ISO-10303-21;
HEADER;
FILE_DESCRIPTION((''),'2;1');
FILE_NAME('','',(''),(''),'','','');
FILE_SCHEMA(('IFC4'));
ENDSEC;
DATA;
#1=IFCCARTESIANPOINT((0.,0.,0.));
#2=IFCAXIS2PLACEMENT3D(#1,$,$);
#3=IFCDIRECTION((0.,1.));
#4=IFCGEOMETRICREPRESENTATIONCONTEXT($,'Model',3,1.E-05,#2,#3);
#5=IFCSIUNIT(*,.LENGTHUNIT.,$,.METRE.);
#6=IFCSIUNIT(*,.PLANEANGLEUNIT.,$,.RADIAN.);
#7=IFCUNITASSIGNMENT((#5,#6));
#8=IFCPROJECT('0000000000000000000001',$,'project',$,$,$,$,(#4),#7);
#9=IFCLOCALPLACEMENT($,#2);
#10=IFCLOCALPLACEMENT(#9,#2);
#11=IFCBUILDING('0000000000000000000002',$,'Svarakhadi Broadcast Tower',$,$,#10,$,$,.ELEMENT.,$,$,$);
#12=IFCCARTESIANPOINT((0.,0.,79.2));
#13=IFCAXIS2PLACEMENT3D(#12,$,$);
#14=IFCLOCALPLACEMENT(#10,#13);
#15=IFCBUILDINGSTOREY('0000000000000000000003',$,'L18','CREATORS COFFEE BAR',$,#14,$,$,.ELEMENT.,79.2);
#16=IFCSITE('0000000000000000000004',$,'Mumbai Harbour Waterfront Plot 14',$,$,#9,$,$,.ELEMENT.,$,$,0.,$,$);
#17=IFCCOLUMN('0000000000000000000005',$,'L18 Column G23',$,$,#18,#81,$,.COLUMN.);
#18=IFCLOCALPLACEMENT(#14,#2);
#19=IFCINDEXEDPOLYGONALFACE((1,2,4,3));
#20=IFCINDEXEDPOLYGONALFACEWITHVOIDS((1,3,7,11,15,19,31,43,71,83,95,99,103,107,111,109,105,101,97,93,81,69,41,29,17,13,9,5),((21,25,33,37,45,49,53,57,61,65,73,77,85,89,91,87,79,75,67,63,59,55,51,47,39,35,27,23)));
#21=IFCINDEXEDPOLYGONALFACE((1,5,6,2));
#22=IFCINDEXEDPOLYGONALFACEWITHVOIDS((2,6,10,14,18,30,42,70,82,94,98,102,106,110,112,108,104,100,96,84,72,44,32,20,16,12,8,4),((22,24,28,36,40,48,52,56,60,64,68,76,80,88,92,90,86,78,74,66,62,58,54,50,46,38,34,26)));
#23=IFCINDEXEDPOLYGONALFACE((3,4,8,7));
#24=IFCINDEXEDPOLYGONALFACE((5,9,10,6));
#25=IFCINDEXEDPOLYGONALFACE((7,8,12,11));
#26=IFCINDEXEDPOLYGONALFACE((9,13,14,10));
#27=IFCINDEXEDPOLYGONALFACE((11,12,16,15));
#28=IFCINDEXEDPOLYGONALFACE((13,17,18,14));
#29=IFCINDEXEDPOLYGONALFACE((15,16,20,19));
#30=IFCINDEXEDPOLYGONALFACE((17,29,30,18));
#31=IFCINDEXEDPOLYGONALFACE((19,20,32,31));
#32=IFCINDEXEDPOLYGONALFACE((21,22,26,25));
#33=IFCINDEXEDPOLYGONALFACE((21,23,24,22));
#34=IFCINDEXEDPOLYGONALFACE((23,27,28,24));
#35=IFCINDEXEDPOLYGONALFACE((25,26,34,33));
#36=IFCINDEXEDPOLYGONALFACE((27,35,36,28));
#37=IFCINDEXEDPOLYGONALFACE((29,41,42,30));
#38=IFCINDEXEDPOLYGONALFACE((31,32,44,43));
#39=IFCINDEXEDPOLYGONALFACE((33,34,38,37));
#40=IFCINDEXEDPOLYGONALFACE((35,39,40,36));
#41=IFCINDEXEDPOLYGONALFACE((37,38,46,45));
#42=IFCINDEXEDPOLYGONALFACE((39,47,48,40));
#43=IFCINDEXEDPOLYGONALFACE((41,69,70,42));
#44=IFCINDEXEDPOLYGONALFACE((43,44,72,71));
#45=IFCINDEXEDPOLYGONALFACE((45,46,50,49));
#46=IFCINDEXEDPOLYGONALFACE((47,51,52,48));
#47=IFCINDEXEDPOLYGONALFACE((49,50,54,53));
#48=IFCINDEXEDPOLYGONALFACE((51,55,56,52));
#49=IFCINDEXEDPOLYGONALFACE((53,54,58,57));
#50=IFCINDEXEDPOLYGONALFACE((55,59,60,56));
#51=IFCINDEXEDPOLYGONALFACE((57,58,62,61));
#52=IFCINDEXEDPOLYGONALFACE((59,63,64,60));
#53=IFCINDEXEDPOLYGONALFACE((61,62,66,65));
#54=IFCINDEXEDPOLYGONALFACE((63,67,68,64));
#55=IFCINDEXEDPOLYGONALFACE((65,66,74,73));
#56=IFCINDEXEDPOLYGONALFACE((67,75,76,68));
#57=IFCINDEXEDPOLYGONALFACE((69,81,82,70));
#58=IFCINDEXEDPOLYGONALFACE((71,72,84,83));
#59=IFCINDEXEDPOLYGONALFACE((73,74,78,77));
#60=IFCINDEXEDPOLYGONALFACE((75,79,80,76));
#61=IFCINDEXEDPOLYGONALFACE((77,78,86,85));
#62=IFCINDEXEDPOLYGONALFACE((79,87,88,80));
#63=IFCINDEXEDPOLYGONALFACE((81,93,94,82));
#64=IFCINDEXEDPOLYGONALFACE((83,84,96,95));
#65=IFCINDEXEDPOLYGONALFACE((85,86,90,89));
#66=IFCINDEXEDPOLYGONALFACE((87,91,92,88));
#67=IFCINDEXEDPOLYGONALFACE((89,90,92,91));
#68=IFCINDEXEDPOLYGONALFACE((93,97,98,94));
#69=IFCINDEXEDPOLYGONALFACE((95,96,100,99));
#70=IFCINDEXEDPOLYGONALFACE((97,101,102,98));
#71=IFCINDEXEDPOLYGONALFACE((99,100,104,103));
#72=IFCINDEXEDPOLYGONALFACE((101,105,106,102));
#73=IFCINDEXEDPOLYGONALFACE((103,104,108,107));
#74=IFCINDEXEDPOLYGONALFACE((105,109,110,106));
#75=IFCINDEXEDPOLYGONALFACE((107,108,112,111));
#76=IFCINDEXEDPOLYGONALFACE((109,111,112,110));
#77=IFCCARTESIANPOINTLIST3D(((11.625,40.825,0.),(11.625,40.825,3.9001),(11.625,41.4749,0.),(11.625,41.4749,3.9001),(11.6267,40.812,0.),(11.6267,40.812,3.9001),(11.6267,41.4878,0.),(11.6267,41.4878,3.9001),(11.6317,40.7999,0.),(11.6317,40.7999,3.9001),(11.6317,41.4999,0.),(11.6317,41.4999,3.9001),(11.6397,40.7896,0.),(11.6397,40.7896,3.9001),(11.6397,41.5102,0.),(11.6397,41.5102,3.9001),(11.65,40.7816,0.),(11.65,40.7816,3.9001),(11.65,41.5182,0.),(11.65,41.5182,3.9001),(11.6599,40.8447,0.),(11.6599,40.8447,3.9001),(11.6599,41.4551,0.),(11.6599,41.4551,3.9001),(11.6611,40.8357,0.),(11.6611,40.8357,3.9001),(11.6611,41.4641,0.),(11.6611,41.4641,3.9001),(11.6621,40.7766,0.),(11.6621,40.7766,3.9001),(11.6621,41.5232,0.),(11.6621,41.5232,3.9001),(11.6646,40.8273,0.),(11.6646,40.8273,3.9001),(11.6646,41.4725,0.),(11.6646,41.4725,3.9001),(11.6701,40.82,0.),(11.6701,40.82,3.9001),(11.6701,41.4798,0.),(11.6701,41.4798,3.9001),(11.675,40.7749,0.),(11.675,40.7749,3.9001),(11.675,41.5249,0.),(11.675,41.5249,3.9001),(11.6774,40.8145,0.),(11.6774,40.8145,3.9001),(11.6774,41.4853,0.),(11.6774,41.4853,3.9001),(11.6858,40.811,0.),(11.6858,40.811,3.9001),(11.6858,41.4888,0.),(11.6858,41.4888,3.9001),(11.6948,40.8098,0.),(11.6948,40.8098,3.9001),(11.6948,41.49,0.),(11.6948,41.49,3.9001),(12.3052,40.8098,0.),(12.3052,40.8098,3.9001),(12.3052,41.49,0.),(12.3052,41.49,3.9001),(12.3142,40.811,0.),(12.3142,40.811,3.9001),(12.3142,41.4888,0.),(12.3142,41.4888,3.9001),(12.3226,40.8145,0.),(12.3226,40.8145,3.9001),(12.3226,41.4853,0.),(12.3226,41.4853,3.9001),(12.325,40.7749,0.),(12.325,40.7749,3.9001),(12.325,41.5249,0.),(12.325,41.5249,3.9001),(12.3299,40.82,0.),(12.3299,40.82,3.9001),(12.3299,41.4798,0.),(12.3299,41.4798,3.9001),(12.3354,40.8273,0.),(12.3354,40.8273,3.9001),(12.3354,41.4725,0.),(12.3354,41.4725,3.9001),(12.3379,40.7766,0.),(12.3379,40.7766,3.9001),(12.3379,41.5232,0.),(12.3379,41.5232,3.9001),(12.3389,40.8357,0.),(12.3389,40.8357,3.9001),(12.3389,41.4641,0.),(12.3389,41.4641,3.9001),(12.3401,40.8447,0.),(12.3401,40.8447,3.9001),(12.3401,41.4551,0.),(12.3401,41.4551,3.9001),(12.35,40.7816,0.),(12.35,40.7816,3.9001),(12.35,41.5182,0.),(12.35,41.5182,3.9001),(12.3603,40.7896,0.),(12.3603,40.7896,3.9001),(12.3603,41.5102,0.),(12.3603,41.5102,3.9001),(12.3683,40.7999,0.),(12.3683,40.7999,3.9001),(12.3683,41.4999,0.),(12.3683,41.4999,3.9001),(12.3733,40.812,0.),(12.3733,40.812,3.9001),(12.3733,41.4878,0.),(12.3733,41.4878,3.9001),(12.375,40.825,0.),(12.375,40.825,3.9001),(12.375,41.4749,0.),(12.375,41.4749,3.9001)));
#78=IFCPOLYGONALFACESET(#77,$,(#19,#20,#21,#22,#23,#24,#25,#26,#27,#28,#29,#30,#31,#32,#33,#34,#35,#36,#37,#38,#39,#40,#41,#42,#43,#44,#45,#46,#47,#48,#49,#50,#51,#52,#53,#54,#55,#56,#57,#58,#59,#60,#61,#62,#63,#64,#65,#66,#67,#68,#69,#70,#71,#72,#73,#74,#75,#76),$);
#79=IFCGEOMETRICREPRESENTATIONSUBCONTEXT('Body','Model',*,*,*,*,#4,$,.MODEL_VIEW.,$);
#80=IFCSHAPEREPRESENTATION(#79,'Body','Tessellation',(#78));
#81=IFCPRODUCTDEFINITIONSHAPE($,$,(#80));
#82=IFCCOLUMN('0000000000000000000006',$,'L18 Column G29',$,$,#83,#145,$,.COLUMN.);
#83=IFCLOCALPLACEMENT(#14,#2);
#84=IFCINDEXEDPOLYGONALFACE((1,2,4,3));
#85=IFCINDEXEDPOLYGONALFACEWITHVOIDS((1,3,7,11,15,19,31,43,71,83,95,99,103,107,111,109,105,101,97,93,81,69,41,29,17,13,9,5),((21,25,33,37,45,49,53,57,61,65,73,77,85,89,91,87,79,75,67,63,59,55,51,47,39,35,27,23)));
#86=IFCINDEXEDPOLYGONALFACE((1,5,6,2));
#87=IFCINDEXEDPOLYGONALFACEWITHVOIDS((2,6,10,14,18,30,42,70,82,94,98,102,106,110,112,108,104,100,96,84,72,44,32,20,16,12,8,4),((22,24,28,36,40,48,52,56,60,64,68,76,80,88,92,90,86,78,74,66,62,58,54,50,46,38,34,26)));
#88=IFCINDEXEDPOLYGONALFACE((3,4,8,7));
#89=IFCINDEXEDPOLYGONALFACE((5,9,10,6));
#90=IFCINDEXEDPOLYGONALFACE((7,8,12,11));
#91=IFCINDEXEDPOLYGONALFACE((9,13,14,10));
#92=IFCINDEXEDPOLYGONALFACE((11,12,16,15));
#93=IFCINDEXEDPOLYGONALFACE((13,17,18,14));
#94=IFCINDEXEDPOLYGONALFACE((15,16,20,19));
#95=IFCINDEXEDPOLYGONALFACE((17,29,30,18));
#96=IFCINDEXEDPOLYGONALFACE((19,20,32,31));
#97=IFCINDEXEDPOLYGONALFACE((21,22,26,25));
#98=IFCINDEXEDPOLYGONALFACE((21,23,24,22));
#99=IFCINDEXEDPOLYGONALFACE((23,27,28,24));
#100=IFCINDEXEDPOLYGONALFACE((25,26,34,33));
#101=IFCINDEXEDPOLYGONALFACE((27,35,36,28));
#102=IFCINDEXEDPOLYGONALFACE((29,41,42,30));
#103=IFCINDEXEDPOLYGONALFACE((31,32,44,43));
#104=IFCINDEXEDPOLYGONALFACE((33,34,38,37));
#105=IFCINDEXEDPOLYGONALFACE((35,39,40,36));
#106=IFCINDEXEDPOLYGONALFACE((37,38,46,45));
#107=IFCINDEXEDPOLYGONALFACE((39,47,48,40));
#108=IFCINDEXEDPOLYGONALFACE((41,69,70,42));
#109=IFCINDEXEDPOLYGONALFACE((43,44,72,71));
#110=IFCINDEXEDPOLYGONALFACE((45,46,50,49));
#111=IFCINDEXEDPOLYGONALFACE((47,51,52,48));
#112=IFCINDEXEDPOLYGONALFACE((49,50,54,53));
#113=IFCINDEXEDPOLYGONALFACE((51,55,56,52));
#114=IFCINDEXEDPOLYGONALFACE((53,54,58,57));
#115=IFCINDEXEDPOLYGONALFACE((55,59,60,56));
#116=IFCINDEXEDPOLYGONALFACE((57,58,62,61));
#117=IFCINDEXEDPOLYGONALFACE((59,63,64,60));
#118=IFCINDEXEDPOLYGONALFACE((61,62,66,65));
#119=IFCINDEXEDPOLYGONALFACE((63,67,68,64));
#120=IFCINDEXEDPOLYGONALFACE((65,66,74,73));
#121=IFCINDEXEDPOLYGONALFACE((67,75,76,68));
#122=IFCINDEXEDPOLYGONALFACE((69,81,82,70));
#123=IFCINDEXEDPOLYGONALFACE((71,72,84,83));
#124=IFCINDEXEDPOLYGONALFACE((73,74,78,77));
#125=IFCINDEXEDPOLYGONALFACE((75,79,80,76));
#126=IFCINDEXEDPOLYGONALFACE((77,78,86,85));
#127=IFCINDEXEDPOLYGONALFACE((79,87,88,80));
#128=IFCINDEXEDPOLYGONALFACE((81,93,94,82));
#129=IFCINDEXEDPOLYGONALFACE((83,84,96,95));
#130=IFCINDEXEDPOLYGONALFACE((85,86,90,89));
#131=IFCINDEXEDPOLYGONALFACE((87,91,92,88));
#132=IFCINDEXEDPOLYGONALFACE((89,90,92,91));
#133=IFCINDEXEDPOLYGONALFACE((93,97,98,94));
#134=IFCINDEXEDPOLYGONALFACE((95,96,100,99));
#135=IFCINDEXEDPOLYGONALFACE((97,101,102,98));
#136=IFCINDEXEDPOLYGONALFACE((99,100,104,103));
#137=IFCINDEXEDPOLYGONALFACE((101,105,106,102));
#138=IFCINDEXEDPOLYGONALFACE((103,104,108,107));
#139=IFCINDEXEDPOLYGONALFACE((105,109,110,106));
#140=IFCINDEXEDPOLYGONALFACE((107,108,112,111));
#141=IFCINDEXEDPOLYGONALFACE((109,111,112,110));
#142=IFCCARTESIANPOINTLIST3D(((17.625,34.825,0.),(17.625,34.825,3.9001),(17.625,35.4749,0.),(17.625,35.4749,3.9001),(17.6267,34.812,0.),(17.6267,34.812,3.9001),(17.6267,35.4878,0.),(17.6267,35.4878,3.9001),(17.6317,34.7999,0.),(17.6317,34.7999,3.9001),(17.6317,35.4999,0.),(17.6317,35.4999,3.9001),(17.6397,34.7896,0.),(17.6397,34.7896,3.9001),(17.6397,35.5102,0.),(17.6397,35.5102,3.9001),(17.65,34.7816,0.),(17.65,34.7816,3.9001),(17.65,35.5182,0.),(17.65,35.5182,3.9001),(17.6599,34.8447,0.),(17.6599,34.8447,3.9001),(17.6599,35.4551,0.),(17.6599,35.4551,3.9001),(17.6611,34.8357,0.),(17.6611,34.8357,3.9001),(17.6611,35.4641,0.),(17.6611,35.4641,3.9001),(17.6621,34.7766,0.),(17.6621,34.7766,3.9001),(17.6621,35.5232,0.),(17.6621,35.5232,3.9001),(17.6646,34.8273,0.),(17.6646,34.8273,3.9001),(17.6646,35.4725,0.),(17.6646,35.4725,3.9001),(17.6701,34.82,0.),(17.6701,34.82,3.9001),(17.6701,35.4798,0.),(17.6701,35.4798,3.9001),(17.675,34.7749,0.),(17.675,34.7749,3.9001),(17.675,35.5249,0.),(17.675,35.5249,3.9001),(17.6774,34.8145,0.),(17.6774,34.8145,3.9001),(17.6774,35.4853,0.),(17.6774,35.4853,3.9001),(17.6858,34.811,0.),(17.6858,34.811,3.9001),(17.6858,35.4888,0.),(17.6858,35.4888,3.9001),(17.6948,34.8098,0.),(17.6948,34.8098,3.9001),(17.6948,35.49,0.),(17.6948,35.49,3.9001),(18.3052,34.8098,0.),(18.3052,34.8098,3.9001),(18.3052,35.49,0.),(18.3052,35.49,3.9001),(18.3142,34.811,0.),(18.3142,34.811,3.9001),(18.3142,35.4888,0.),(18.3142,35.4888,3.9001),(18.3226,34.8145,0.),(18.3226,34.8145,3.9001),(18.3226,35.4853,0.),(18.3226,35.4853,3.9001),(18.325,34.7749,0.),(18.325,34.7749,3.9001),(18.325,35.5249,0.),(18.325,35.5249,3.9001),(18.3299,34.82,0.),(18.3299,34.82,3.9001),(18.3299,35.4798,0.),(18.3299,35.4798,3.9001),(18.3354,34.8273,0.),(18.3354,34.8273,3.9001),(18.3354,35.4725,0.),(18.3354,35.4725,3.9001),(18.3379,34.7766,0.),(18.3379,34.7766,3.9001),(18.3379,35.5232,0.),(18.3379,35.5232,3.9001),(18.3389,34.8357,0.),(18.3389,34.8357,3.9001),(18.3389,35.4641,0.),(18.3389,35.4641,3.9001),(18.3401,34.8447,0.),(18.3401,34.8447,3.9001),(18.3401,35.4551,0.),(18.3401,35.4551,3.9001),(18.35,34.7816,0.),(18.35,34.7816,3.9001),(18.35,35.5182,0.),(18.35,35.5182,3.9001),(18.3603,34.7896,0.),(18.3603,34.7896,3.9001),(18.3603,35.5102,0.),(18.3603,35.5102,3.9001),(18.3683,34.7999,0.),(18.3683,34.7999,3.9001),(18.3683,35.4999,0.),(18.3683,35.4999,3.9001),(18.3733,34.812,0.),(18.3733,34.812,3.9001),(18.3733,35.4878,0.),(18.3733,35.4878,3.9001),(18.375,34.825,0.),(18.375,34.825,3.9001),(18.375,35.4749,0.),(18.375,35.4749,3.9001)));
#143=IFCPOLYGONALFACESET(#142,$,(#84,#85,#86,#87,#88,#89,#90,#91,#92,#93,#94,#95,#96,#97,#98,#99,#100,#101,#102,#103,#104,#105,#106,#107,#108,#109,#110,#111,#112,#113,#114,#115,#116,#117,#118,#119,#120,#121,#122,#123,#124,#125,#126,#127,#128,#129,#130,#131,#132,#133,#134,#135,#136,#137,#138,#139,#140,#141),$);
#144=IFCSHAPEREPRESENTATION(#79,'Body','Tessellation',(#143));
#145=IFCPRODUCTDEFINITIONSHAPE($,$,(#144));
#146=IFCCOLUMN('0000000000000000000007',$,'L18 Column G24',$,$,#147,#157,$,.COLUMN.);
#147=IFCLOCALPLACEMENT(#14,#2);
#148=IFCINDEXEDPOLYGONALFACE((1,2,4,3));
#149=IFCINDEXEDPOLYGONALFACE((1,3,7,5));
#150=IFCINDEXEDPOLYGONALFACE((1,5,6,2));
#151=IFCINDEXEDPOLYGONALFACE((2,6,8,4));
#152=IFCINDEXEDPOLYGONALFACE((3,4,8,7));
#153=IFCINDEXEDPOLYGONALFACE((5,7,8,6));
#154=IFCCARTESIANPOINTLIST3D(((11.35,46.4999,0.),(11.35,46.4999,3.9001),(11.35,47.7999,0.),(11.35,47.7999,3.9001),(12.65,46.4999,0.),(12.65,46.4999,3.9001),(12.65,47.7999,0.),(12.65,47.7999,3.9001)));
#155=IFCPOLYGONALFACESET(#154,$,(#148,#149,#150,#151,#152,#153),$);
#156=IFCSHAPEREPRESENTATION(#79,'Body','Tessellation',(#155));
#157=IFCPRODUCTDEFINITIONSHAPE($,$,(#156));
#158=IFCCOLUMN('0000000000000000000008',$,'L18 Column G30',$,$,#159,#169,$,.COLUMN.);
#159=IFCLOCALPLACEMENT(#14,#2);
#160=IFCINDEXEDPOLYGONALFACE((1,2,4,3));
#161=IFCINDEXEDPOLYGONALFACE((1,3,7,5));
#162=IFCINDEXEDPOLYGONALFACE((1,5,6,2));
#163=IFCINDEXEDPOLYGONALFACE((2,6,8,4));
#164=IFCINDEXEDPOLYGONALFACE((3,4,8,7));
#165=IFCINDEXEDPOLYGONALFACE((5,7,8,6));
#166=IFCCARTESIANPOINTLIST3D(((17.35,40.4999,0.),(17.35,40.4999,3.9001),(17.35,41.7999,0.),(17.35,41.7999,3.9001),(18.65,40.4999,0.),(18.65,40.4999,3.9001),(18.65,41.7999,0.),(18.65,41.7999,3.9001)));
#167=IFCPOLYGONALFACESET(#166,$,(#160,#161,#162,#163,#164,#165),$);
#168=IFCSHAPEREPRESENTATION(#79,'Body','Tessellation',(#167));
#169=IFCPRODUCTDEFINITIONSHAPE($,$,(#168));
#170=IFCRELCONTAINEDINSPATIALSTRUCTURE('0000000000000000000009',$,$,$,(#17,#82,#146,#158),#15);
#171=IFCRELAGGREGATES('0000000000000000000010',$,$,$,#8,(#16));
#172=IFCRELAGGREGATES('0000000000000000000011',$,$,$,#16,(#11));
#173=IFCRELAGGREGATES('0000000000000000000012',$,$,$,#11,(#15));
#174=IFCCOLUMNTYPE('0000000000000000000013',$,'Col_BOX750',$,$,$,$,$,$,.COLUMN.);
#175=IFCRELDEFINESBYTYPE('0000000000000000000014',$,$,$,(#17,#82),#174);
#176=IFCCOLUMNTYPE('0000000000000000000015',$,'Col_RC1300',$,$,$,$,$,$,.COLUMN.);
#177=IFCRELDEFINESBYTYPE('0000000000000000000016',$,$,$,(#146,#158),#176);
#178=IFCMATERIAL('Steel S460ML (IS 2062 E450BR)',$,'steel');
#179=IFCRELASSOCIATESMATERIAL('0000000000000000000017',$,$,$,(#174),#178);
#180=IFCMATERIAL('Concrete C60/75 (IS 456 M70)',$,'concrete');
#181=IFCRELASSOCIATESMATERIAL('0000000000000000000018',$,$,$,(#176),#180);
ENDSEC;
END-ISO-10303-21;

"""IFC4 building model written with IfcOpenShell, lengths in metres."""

from ifc_helpers import new_model, si_unit, direction, frame, origin, origin_2d, place, context, subcontext, project, spatial, rectangle, hollow_rectangle, extrude, material, material_profile, profile_set, type_object, element, save


model = new_model("IFC4")

# Units and contexts
model_context = context("Model", 3, precision=1e-05, world=origin(), true_north=direction((0.0, 1.0)))
body_context = subcontext(model_context, "Body", "Model", "MODEL_VIEW")
ifc_project = project(units=[si_unit("LENGTHUNIT", "METRE"), si_unit("PLANEANGLEUNIT", "RADIAN")], contexts=[model_context])

# Site, building, storey
site_placement = place(None, origin())
site = spatial("IfcSite", under=ifc_project, at=site_placement, Name="Mumbai Harbour Waterfront Plot 14", CompositionType="ELEMENT", RefElevation=0.0)
building_placement = place(site_placement, origin())
building = spatial("IfcBuilding", under=site, at=building_placement, Name="Svarakhadi Broadcast Tower", CompositionType="ELEMENT")
storey_placement = place(building_placement, frame((0.0, 0.0, 79.2)))
storey = spatial("IfcBuildingStorey", under=building, at=storey_placement, Name="L18", Description="CREATORS COFFEE BAR", CompositionType="ELEMENT", Elevation=79.2)

# Columns
ifc_material_1 = material(Name="Steel S460ML (IS 2062 E450BR)", Category="steel")
ifc_material_profile_1 = material_profile(ifc_material_1, hollow_rectangle(XDim=0.75, YDim=0.75, WallThickness=0.0349, InnerFilletRadius=0.0349, OuterFilletRadius=0.05, at=origin_2d()), Name="BOX 750x750x35")
ifc_profile_set_1 = profile_set([ifc_material_profile_1], Name="Steel S460ML (IS 2062 E450BR)")
column_type_1 = type_object("IfcColumnType", Name="Col_BOX750", PredefinedType="COLUMN", material=ifc_profile_set_1)
for number, where, z_axis, x_axis, name in (
    (1, (12.0, 41.1499, 0.0), (0.0, 0.0, 1.0), (1.0, 0.0, 0.0), "L18 Column G23"),
    (2, (18.0, 35.1499, 0.0), (0.0, 0.0, 1.0), (1.0, 0.0, 0.0), "L18 Column G29"),
):
    element("IfcColumn", number, at=place(storey_placement, frame(where, z_axis=z_axis, x_axis=x_axis)), inside=storey, type_object=column_type_1, Name=name, PredefinedType="COLUMN", context=body_context, shape_type="SweptSolid", body=[
        extrude(hollow_rectangle(XDim=0.75, YDim=0.75, WallThickness=0.0349, InnerFilletRadius=0.0349, OuterFilletRadius=0.05, at=origin_2d()), origin(), (0.0, 0.0, 1.0), 3.9001),
    ])
ifc_material_2 = material(Name="Concrete C60/75 (IS 456 M70)", Category="concrete")
ifc_material_profile_2 = material_profile(ifc_material_2, rectangle(XDim=1.3, YDim=1.3, at=origin_2d()), Name="RC 1300x1300")
ifc_profile_set_2 = profile_set([ifc_material_profile_2], Name="Concrete C60/75 (IS 456 M70)")
column_type_2 = type_object("IfcColumnType", Name="Col_RC1300", PredefinedType="COLUMN", material=ifc_profile_set_2)
for number, where, z_axis, x_axis, name in (
    (3, (12.0, 47.1499, 0.0), (0.0, 0.0, 1.0), (1.0, 0.0, 0.0), "L18 Column G24"),
    (4, (18.0, 41.1499, 0.0), (0.0, 0.0, 1.0), (1.0, 0.0, 0.0), "L18 Column G30"),
):
    element("IfcColumn", number, at=place(storey_placement, frame(where, z_axis=z_axis, x_axis=x_axis)), inside=storey, type_object=column_type_2, Name=name, PredefinedType="COLUMN", context=body_context, shape_type="SweptSolid", body=[
        extrude(rectangle(XDim=1.3, YDim=1.3, at=origin_2d()), origin(), (0.0, 0.0, 1.0), 3.9001),
    ])

save(model, "model.ifc")
